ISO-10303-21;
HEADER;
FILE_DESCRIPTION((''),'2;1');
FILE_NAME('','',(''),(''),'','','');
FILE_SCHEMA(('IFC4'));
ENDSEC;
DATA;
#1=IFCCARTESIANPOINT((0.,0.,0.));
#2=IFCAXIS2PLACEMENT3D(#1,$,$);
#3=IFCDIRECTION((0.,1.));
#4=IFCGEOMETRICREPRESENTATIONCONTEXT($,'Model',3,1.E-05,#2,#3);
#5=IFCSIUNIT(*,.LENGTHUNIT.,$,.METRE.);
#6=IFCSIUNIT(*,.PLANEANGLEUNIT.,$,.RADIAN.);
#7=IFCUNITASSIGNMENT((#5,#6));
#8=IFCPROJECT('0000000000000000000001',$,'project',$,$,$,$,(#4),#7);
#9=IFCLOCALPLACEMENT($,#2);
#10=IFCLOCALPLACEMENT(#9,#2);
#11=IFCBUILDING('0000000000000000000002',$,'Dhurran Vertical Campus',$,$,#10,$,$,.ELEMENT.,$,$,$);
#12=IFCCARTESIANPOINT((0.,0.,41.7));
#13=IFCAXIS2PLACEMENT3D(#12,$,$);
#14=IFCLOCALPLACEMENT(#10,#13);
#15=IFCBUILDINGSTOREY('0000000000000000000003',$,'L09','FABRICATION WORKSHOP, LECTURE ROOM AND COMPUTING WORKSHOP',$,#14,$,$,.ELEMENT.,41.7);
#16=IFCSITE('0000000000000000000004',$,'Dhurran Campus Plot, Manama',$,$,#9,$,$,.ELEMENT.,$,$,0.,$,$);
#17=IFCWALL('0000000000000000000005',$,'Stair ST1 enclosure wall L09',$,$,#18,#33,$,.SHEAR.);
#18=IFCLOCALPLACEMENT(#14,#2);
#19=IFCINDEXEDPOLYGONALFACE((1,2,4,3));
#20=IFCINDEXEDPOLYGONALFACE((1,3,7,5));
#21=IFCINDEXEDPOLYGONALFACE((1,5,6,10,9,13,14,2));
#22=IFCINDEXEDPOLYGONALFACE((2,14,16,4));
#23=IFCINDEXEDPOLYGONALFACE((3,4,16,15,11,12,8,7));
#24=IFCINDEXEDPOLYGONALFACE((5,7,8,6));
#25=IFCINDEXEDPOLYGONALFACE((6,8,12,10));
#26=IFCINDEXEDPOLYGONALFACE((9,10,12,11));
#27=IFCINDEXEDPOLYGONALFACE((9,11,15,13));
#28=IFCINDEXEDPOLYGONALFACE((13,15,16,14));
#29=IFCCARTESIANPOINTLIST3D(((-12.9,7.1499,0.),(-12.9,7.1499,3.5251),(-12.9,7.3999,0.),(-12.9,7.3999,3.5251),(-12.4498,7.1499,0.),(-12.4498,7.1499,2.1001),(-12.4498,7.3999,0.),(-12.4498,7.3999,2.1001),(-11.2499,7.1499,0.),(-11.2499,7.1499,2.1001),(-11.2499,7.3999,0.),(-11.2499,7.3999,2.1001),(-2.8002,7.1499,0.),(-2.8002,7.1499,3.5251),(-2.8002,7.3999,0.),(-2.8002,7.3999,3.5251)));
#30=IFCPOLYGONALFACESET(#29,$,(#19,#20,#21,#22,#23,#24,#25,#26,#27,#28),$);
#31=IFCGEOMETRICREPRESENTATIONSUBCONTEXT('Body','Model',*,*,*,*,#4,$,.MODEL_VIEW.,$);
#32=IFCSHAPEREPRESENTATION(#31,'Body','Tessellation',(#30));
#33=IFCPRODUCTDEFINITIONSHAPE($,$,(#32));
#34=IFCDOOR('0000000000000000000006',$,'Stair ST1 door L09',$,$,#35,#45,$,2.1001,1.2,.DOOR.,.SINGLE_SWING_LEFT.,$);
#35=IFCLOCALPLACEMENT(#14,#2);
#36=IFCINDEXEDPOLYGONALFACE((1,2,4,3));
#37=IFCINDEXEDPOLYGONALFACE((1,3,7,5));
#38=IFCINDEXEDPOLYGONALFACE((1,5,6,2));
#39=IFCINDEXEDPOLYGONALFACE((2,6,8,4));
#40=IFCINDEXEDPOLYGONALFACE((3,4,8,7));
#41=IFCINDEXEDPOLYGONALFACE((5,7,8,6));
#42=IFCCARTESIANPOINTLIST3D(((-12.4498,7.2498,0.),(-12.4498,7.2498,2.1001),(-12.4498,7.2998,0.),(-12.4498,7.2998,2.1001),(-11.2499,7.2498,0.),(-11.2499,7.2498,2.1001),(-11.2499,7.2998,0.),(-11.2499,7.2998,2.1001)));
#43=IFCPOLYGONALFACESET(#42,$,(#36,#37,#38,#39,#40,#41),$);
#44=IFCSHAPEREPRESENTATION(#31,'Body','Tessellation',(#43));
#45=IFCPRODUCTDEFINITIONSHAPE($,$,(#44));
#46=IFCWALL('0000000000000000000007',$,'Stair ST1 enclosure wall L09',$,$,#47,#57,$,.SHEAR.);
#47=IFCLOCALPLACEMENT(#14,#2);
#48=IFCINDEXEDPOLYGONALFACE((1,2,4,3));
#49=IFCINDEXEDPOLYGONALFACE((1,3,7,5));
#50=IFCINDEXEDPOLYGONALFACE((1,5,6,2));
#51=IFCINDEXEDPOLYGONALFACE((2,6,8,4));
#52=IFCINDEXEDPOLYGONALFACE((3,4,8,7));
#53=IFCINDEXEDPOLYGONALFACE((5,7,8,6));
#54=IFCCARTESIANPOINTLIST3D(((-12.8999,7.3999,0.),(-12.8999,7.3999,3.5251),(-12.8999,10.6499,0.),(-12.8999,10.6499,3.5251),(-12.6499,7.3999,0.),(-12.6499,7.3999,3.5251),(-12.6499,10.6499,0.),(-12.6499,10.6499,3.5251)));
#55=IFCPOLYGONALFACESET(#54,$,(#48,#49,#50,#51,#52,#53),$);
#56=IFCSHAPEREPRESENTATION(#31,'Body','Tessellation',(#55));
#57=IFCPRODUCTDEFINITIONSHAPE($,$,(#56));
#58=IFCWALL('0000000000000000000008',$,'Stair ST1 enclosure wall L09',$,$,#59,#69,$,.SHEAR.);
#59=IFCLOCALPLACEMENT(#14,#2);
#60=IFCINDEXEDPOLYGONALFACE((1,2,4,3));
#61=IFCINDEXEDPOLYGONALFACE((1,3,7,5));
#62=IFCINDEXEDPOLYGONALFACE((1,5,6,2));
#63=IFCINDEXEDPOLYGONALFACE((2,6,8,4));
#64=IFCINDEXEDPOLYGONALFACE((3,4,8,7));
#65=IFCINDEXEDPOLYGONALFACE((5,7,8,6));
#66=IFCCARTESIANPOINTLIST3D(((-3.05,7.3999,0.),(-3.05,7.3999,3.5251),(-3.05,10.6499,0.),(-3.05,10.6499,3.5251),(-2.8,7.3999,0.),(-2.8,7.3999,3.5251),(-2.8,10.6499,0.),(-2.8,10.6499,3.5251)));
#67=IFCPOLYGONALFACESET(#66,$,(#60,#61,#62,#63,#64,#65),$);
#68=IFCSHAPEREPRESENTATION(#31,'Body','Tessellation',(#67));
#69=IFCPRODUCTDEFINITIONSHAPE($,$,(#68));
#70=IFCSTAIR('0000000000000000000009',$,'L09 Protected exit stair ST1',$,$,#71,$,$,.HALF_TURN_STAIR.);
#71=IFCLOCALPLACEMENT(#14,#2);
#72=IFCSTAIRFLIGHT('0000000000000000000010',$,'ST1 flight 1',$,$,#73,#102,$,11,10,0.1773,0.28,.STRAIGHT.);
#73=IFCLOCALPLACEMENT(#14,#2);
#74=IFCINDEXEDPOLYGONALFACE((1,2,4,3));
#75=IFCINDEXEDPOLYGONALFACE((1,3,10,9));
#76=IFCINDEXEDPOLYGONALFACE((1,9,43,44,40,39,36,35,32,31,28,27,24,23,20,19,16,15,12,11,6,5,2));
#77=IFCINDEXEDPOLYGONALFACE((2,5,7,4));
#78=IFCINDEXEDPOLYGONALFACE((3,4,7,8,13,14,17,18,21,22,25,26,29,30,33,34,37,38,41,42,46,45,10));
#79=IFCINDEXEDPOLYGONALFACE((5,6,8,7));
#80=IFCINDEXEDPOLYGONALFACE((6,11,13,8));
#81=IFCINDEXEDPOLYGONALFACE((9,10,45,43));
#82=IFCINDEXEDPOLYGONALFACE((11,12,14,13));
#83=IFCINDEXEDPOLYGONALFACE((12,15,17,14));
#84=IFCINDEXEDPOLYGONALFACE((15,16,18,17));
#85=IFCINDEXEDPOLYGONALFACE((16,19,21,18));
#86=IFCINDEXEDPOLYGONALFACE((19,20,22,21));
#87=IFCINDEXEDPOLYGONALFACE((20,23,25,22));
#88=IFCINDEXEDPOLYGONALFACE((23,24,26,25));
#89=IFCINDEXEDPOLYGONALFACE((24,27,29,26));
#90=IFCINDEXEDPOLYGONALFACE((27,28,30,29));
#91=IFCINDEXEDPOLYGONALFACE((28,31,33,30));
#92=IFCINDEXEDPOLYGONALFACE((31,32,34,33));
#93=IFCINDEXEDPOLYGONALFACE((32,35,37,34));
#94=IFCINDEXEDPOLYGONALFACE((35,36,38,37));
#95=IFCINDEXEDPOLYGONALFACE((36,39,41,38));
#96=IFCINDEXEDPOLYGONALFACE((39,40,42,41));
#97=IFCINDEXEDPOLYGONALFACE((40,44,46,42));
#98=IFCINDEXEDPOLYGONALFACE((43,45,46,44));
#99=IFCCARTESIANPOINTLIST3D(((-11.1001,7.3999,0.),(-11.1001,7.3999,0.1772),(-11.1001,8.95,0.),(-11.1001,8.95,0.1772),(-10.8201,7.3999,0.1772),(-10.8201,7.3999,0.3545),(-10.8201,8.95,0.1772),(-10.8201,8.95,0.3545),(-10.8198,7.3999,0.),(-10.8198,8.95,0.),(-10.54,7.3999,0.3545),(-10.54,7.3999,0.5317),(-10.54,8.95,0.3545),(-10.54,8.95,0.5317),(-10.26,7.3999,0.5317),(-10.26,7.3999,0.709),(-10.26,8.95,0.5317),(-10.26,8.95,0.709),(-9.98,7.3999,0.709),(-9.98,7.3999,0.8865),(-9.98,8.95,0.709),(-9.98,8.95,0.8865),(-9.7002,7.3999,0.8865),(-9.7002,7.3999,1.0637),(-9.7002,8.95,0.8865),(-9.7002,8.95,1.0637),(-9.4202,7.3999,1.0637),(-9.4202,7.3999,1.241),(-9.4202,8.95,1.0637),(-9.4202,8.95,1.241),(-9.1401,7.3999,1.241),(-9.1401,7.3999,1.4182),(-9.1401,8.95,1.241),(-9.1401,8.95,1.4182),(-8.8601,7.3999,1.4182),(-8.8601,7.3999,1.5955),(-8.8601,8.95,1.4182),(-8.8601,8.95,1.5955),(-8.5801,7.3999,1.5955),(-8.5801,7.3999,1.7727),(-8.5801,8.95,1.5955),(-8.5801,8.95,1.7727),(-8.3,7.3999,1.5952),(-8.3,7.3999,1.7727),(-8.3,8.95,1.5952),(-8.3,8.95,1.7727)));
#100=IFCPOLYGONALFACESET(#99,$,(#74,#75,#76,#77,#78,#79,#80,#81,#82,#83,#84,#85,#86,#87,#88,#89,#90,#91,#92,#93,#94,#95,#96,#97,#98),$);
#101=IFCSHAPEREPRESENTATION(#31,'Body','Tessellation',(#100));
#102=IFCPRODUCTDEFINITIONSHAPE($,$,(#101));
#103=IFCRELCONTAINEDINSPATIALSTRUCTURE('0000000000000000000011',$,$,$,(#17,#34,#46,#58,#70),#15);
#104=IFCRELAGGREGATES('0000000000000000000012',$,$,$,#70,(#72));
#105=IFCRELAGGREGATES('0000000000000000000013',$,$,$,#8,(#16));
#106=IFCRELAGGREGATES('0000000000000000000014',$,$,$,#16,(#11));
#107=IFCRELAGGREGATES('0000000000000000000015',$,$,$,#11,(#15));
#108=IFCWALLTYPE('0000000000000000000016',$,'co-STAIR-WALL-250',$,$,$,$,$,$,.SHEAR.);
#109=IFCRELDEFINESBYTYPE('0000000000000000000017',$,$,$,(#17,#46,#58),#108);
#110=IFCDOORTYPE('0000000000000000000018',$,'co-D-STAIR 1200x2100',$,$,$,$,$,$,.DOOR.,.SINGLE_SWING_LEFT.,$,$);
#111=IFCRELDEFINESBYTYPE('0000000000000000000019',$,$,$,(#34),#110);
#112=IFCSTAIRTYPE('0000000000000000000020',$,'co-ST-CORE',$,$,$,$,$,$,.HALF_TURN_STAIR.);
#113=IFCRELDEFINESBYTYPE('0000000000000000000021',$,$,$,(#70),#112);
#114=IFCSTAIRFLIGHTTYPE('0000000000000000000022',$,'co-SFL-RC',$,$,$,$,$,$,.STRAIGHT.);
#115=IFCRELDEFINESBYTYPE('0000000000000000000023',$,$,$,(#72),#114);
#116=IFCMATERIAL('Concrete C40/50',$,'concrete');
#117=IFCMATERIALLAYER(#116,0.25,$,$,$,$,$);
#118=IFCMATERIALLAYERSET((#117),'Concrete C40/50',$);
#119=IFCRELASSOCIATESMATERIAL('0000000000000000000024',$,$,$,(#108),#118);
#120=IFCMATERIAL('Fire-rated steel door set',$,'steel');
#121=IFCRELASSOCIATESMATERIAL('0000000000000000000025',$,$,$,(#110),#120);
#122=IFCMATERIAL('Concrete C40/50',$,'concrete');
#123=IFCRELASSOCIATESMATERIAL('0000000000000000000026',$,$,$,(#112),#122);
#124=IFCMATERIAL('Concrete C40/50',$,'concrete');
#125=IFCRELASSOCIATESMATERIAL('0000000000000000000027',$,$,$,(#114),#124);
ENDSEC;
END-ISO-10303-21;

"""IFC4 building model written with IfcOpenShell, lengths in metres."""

from ifc_helpers import new_model, si_unit, direction, frame, frame_2d, origin, place, context, subcontext, project, spatial, polyline, rectangle, outline, extrude, material, layer, layer_set, type_object, element, fill, aggregate, save


model = new_model("IFC4")

# Units and contexts
model_context = context("Model", 3, precision=1e-05, world=origin(), true_north=direction((0.0, 1.0)))
body_context = subcontext(model_context, "Body", "Model", "MODEL_VIEW")
ifc_project = project(units=[si_unit("LENGTHUNIT", "METRE"), si_unit("PLANEANGLEUNIT", "RADIAN")], contexts=[model_context])

# Site, building, storey
site_placement = place(None, origin())
site = spatial("IfcSite", under=ifc_project, at=site_placement, Name="Dhurran Campus Plot, Manama", CompositionType="ELEMENT", RefElevation=0.0)
building_placement = place(site_placement, origin())
building = spatial("IfcBuilding", under=site, at=building_placement, Name="Dhurran Vertical Campus", CompositionType="ELEMENT")
storey_placement = place(building_placement, frame((0.0, 0.0, 41.7)))
storey = spatial("IfcBuildingStorey", under=building, at=storey_placement, Name="L09", Description="FABRICATION WORKSHOP, LECTURE ROOM AND COMPUTING WORKSHOP", CompositionType="ELEMENT", Elevation=41.7)

# Wall, opening, door
ifc_material_1 = material(Name="Concrete C40/50", Category="concrete")
ifc_layer_1 = layer(ifc_material_1, 0.25)
ifc_layer_set_1 = layer_set([ifc_layer_1], Name="Concrete C40/50")
wall_type_1 = type_object("IfcWallType", Name="co-STAIR-WALL-250", PredefinedType="SHEAR", material=ifc_layer_set_1)
wall_1_placement = place(storey_placement, frame((-12.8999, 7.2749, 0.0), z_axis=(0.0, 0.0, 1.0), x_axis=(1.0, 0.0, 0.0)))
wall_1 = element("IfcWall", 1, at=wall_1_placement, inside=storey, type_object=wall_type_1, Name="Stair ST1 enclosure wall L09", PredefinedType="SHEAR", context=body_context, shape_type="SweptSolid", body=[
    extrude(rectangle(XDim=10.0999, YDim=0.25, at=frame_2d((5.0498, 0.0))), origin(), (0.0, 0.0, 1.0), 3.5251),
])
opening_1_placement = place(wall_1_placement, frame((0.45, 0.0, 0.0)))
opening_1 = element("IfcOpeningElement", 2, at=opening_1_placement, cuts=wall_1, PredefinedType="OPENING", context=body_context, shape_type="SweptSolid", body=[
    extrude(rectangle(XDim=1.2, YDim=2.1001, at=frame_2d((0.6001, 1.05))), frame((0.0, 0.135, 0.0), z_axis=(0.0, -1.0, 0.0), x_axis=(1.0, 0.0, 0.0)), (0.0, 0.0, 1.0), 0.27),
])
ifc_material_2 = material(Name="Fire-rated steel door set", Category="steel")
door_type_1 = type_object("IfcDoorType", Name="co-D-STAIR 1200x2100", OperationType="SINGLE_SWING_LEFT", PredefinedType="DOOR", material=ifc_material_2)
door_1_placement = place(opening_1_placement, origin())
door_1 = element("IfcDoor", 3, at=door_1_placement, inside=storey, type_object=door_type_1, Name="Stair ST1 door L09", OperationType="SINGLE_SWING_LEFT", OverallHeight=2.1001, OverallWidth=1.2, PredefinedType="DOOR", context=body_context, shape_type="SweptSolid", body=[
    extrude(rectangle(XDim=1.2, YDim=2.1001, at=frame_2d((0.6001, 1.05))), frame((0.0, 0.0249, 0.0), z_axis=(0.0, -1.0, 0.0), x_axis=(1.0, 0.0, 0.0)), (0.0, 0.0, 1.0), 0.05),
])
fill(opening_1, door_1)

# Walls
for number, where, z_axis, x_axis, name in (
    (4, (-12.7749, 7.3999, 0.0), (0.0, 0.0, 1.0), (0.0, 1.0, 0.0), "Stair ST1 enclosure wall L09"),
    (5, (-2.925, 7.3999, 0.0), (0.0, 0.0, 1.0), (0.0, 1.0, 0.0), "Stair ST1 enclosure wall L09"),
):
    element("IfcWall", number, at=place(storey_placement, frame(where, z_axis=z_axis, x_axis=x_axis)), inside=storey, type_object=wall_type_1, Name=name, PredefinedType="SHEAR", context=body_context, shape_type="SweptSolid", body=[
        extrude(rectangle(XDim=3.25, YDim=0.25, at=frame_2d((1.625, 0.0))), origin(), (0.0, 0.0, 1.0), 3.5251),
    ])

# Stair, stair flight
ifc_material_3 = material(Name="Concrete C40/50", Category="concrete")
stair_type = type_object("IfcStairType", Name="co-ST-CORE", PredefinedType="HALF_TURN_STAIR", material=ifc_material_3)
stair_placement = place(storey_placement, origin())
stair = element("IfcStair", 6, at=stair_placement, inside=storey, type_object=stair_type, Name="L09 Protected exit stair ST1", PredefinedType="HALF_TURN_STAIR")
ifc_material_4 = material(Name="Concrete C40/50", Category="concrete")
stair_flight_type = type_object("IfcStairFlightType", Name="co-SFL-RC", PredefinedType="STRAIGHT", material=ifc_material_4)
stair_flight_placement = place(storey_placement, frame((-11.1001, 8.175, 0.0), z_axis=(0.0, 0.0, 1.0), x_axis=(1.0, 0.0, 0.0)))
stair_flight = element("IfcStairFlight", 7, at=stair_flight_placement, type_object=stair_flight_type, Name="ST1 flight 1", NumberOfRisers=11, NumberOfTreads=10, PredefinedType="STRAIGHT", RiserHeight=0.1773, TreadLength=0.28, context=body_context, shape_type="SweptSolid", body=[
    extrude(outline(polyline([(0.0, 0.0), (0.0, 0.1772), (0.28, 0.1772), (0.28, 0.3545), (0.5601, 0.3545), (0.5601, 0.5317), (0.8401, 0.5317), (0.8401, 0.709), (1.1201, 0.709), (1.1201, 0.8865), (1.3999, 0.8865), (1.3999, 1.0637), (1.6799, 1.0637), (1.6799, 1.241), (1.96, 1.241), (1.96, 1.4182), (2.24, 1.4182), (2.24, 1.5955), (2.52, 1.5955), (2.52, 1.7727), (2.8, 1.7727), (2.8, 1.95), (2.8, 1.5952), (0.2803, 0.0), (0.0, 0.0)])), frame((0.0, 0.7749, 0.0), z_axis=(0.0, -1.0, 0.0), x_axis=(1.0, 0.0, 0.0)), (0.0, 0.0, 1.0), 1.55),
])
aggregate(stair, [stair_flight])

save(model, "model.ifc")
